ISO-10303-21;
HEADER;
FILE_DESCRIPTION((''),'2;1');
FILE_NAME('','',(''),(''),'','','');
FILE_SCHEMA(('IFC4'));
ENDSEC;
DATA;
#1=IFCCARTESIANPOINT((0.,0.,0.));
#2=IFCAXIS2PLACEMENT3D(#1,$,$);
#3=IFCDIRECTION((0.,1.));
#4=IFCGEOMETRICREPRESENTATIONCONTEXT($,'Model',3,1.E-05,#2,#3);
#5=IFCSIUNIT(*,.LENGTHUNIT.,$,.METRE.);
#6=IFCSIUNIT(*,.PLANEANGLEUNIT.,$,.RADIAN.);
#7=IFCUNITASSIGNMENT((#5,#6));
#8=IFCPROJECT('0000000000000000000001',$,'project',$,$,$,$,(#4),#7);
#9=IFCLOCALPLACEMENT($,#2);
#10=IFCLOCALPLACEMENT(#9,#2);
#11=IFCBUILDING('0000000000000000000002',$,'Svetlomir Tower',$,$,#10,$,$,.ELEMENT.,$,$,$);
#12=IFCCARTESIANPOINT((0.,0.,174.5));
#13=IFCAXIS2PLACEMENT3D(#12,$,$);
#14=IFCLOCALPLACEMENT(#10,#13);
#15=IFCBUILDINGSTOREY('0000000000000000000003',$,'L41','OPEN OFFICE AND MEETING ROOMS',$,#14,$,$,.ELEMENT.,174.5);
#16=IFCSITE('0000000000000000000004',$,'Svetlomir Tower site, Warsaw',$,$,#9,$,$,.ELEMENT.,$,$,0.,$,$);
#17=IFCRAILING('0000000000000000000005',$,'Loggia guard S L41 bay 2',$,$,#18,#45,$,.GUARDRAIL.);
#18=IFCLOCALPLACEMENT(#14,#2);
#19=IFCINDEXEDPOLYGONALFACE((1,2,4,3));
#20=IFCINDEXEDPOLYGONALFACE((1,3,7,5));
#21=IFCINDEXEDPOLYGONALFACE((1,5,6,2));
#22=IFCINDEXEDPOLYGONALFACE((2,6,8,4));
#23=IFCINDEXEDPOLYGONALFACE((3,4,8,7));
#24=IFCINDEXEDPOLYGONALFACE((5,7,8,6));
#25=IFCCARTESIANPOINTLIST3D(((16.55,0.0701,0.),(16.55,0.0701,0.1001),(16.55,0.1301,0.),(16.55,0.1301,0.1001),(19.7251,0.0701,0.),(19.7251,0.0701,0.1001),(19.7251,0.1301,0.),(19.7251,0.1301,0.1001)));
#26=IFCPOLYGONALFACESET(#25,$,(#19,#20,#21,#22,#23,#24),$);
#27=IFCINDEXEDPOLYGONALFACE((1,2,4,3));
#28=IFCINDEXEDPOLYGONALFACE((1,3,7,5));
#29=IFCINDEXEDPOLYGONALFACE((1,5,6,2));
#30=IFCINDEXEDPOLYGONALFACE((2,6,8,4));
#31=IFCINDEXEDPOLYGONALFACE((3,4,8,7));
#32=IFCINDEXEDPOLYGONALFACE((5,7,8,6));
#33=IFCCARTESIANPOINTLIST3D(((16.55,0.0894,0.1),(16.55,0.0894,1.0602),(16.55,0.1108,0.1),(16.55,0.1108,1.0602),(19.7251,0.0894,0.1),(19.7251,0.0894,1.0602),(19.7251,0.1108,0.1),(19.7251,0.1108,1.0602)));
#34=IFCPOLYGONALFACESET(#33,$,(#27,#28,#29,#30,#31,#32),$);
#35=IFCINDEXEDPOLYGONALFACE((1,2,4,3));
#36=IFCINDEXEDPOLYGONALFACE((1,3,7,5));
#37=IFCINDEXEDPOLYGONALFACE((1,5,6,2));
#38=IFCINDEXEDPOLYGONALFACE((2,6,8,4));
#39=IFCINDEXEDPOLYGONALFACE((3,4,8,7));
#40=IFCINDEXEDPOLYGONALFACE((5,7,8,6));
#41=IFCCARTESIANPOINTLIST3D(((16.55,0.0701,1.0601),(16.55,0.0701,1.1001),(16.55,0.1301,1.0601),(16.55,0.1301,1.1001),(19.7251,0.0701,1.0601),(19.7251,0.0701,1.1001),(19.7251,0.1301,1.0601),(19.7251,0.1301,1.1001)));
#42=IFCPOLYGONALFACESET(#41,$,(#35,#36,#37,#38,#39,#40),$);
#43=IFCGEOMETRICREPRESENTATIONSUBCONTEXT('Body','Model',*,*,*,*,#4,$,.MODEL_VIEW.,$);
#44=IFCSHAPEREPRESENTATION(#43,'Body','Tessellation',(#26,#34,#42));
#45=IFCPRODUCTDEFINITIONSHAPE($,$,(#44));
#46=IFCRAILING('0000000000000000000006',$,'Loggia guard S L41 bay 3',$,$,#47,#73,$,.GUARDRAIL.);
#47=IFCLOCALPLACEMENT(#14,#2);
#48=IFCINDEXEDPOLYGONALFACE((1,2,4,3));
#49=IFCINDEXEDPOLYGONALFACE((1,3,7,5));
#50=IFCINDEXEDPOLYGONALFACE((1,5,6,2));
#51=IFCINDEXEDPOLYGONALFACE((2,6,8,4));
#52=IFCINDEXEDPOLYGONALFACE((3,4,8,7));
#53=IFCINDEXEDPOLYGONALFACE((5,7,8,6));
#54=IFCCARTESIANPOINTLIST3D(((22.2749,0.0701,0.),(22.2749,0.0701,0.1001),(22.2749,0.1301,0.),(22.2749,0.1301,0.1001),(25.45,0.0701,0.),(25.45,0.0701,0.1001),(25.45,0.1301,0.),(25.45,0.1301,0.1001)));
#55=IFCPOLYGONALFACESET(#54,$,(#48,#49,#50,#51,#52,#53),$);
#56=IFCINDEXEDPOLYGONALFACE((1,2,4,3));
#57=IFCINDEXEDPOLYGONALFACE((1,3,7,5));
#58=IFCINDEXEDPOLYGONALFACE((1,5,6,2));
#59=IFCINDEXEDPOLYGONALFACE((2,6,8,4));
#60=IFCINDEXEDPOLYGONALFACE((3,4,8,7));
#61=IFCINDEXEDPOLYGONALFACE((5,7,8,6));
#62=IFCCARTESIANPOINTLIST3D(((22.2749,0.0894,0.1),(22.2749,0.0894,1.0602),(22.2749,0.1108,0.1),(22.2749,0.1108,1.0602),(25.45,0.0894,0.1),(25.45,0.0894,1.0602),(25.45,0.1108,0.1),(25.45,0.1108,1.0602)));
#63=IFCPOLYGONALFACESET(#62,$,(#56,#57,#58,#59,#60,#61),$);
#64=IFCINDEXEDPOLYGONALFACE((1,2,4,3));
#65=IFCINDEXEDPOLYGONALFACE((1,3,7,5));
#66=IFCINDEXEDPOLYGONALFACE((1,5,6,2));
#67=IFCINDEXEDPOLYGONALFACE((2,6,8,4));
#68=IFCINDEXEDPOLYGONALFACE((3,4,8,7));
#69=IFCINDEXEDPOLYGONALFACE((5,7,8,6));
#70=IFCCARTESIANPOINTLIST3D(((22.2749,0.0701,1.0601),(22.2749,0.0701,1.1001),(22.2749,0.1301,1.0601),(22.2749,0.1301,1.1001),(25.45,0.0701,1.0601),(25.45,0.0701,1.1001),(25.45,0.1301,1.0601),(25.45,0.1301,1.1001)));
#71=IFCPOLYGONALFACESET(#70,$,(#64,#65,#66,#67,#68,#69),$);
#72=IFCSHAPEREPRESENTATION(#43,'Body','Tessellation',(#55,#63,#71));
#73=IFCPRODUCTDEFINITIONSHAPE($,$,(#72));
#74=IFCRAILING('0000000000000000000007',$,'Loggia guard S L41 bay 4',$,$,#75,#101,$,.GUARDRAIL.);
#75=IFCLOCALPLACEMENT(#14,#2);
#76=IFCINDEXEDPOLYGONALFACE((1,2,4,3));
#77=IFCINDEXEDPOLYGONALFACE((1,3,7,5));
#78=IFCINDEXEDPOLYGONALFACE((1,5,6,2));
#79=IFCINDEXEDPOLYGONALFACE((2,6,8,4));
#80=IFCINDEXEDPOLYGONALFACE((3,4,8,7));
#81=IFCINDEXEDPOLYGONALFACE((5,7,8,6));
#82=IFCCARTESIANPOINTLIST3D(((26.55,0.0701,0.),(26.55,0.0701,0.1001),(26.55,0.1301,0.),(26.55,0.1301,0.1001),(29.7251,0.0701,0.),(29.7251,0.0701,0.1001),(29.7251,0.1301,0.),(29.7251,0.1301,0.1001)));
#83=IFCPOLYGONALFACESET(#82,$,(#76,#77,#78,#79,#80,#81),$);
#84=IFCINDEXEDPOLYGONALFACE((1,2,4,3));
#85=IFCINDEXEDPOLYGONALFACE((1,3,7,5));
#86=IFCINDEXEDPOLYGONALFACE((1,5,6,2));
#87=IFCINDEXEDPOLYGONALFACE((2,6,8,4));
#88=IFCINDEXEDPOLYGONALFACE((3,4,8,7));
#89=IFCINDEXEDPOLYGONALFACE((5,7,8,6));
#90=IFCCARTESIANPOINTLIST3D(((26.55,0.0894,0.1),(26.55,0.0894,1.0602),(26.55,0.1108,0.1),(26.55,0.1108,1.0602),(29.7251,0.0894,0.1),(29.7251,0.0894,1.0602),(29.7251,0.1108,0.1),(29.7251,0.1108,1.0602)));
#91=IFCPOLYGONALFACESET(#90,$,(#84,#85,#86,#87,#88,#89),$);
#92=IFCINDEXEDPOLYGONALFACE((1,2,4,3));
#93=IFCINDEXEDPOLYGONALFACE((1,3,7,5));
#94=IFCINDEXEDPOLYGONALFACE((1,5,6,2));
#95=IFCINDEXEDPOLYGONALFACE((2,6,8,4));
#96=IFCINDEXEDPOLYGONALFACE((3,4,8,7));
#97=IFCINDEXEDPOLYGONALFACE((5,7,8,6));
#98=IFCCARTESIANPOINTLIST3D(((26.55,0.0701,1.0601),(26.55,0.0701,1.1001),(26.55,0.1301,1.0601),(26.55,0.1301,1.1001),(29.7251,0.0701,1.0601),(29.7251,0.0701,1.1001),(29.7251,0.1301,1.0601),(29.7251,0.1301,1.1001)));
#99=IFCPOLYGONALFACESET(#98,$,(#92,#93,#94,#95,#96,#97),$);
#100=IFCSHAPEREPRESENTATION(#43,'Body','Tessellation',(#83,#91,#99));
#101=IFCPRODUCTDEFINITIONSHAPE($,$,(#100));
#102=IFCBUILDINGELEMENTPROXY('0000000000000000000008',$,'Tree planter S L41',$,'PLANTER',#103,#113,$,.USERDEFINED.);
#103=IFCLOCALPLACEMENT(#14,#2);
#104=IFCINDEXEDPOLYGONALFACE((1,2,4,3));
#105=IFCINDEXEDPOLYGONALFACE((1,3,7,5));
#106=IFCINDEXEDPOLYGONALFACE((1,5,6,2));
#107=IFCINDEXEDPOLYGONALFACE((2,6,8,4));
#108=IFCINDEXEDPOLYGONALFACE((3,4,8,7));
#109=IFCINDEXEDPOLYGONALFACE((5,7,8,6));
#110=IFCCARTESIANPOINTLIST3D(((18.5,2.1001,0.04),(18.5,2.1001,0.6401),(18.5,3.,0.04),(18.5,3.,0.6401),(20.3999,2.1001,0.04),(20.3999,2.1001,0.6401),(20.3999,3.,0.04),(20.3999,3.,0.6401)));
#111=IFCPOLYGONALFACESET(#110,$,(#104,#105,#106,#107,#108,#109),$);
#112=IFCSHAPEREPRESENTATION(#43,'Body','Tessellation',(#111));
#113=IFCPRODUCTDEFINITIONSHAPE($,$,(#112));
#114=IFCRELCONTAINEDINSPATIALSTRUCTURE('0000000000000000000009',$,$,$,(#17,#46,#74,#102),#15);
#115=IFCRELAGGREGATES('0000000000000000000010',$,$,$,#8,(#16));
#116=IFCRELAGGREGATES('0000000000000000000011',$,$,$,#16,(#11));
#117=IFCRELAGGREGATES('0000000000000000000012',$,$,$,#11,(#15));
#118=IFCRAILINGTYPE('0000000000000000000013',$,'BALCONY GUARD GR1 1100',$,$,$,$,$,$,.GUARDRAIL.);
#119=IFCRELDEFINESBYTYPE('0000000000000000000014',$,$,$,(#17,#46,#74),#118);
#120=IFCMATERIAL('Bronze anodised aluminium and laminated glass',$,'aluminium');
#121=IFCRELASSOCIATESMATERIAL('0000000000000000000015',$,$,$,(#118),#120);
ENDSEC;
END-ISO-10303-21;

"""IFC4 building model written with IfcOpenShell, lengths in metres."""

from ifc_helpers import new_model, si_unit, direction, frame, origin, origin_2d, place, context, subcontext, project, spatial, rectangle, extrude, material, type_object, element, save


model = new_model("IFC4")

# Units and contexts
model_context = context("Model", 3, precision=1e-05, world=origin(), true_north=direction((0.0, 1.0)))
body_context = subcontext(model_context, "Body", "Model", "MODEL_VIEW")
ifc_project = project(units=[si_unit("LENGTHUNIT", "METRE"), si_unit("PLANEANGLEUNIT", "RADIAN")], contexts=[model_context])

# Site, building, storey
site_placement = place(None, origin())
site = spatial("IfcSite", under=ifc_project, at=site_placement, Name="Svetlomir Tower site, Warsaw", CompositionType="ELEMENT", RefElevation=0.0)
building_placement = place(site_placement, origin())
building = spatial("IfcBuilding", under=site, at=building_placement, Name="Svetlomir Tower", CompositionType="ELEMENT")
storey_placement = place(building_placement, frame((0.0, 0.0, 174.5)))
storey = spatial("IfcBuildingStorey", under=building, at=storey_placement, Name="L41", Description="OPEN OFFICE AND MEETING ROOMS", CompositionType="ELEMENT", Elevation=174.5)

# Railings
ifc_material_1 = material(Name="Bronze anodised aluminium and laminated glass", Category="aluminium")
railing_type = type_object("IfcRailingType", Name="BALCONY GUARD GR1 1100", PredefinedType="GUARDRAIL", material=ifc_material_1)
for number, where, name in (
    (1, (16.55, 0.1001, 0.0), "Loggia guard S L41 bay 2"),
    (2, (22.2749, 0.1001, 0.0), "Loggia guard S L41 bay 3"),
    (3, (26.55, 0.1001, 0.0), "Loggia guard S L41 bay 4"),
):
    element("IfcRailing", number, at=place(storey_placement, frame(where)), inside=storey, type_object=railing_type, Name=name, PredefinedType="GUARDRAIL", context=body_context, shape_type="SweptSolid", body=[
        extrude(rectangle(XDim=0.0601, YDim=0.1001, at=origin_2d()), frame((0.0, 0.0, 0.05), z_axis=(1.0, 0.0, 0.0), x_axis=(0.0, 1.0, 0.0)), (0.0, 0.0, 1.0), 3.175),
        extrude(rectangle(XDim=0.0215, YDim=0.9602, at=origin_2d()), frame((0.0, 0.0, 0.5801), z_axis=(1.0, 0.0, 0.0), x_axis=(0.0, 1.0, 0.0)), (0.0, 0.0, 1.0), 3.175),
        extrude(rectangle(XDim=0.0601, YDim=0.04, at=origin_2d()), frame((0.0, 0.0, 1.0801), z_axis=(1.0, 0.0, 0.0), x_axis=(0.0, 1.0, 0.0)), (0.0, 0.0, 1.0), 3.175),
    ])

# Building element proxy
proxy_placement = place(storey_placement, frame((19.45, 2.55, 0.04), z_axis=(0.0, 0.0, 1.0), x_axis=(1.0, 0.0, 0.0)))
element("IfcBuildingElementProxy", 4, at=proxy_placement, inside=storey, Name="Tree planter S L41", ObjectType="PLANTER", PredefinedType="USERDEFINED", context=body_context, shape_type="SweptSolid", body=[
    extrude(rectangle(XDim=1.8999, YDim=0.8999, at=origin_2d()), origin(), (0.0, 0.0, 1.0), 0.6001),
])

save(model, "model.ifc")
